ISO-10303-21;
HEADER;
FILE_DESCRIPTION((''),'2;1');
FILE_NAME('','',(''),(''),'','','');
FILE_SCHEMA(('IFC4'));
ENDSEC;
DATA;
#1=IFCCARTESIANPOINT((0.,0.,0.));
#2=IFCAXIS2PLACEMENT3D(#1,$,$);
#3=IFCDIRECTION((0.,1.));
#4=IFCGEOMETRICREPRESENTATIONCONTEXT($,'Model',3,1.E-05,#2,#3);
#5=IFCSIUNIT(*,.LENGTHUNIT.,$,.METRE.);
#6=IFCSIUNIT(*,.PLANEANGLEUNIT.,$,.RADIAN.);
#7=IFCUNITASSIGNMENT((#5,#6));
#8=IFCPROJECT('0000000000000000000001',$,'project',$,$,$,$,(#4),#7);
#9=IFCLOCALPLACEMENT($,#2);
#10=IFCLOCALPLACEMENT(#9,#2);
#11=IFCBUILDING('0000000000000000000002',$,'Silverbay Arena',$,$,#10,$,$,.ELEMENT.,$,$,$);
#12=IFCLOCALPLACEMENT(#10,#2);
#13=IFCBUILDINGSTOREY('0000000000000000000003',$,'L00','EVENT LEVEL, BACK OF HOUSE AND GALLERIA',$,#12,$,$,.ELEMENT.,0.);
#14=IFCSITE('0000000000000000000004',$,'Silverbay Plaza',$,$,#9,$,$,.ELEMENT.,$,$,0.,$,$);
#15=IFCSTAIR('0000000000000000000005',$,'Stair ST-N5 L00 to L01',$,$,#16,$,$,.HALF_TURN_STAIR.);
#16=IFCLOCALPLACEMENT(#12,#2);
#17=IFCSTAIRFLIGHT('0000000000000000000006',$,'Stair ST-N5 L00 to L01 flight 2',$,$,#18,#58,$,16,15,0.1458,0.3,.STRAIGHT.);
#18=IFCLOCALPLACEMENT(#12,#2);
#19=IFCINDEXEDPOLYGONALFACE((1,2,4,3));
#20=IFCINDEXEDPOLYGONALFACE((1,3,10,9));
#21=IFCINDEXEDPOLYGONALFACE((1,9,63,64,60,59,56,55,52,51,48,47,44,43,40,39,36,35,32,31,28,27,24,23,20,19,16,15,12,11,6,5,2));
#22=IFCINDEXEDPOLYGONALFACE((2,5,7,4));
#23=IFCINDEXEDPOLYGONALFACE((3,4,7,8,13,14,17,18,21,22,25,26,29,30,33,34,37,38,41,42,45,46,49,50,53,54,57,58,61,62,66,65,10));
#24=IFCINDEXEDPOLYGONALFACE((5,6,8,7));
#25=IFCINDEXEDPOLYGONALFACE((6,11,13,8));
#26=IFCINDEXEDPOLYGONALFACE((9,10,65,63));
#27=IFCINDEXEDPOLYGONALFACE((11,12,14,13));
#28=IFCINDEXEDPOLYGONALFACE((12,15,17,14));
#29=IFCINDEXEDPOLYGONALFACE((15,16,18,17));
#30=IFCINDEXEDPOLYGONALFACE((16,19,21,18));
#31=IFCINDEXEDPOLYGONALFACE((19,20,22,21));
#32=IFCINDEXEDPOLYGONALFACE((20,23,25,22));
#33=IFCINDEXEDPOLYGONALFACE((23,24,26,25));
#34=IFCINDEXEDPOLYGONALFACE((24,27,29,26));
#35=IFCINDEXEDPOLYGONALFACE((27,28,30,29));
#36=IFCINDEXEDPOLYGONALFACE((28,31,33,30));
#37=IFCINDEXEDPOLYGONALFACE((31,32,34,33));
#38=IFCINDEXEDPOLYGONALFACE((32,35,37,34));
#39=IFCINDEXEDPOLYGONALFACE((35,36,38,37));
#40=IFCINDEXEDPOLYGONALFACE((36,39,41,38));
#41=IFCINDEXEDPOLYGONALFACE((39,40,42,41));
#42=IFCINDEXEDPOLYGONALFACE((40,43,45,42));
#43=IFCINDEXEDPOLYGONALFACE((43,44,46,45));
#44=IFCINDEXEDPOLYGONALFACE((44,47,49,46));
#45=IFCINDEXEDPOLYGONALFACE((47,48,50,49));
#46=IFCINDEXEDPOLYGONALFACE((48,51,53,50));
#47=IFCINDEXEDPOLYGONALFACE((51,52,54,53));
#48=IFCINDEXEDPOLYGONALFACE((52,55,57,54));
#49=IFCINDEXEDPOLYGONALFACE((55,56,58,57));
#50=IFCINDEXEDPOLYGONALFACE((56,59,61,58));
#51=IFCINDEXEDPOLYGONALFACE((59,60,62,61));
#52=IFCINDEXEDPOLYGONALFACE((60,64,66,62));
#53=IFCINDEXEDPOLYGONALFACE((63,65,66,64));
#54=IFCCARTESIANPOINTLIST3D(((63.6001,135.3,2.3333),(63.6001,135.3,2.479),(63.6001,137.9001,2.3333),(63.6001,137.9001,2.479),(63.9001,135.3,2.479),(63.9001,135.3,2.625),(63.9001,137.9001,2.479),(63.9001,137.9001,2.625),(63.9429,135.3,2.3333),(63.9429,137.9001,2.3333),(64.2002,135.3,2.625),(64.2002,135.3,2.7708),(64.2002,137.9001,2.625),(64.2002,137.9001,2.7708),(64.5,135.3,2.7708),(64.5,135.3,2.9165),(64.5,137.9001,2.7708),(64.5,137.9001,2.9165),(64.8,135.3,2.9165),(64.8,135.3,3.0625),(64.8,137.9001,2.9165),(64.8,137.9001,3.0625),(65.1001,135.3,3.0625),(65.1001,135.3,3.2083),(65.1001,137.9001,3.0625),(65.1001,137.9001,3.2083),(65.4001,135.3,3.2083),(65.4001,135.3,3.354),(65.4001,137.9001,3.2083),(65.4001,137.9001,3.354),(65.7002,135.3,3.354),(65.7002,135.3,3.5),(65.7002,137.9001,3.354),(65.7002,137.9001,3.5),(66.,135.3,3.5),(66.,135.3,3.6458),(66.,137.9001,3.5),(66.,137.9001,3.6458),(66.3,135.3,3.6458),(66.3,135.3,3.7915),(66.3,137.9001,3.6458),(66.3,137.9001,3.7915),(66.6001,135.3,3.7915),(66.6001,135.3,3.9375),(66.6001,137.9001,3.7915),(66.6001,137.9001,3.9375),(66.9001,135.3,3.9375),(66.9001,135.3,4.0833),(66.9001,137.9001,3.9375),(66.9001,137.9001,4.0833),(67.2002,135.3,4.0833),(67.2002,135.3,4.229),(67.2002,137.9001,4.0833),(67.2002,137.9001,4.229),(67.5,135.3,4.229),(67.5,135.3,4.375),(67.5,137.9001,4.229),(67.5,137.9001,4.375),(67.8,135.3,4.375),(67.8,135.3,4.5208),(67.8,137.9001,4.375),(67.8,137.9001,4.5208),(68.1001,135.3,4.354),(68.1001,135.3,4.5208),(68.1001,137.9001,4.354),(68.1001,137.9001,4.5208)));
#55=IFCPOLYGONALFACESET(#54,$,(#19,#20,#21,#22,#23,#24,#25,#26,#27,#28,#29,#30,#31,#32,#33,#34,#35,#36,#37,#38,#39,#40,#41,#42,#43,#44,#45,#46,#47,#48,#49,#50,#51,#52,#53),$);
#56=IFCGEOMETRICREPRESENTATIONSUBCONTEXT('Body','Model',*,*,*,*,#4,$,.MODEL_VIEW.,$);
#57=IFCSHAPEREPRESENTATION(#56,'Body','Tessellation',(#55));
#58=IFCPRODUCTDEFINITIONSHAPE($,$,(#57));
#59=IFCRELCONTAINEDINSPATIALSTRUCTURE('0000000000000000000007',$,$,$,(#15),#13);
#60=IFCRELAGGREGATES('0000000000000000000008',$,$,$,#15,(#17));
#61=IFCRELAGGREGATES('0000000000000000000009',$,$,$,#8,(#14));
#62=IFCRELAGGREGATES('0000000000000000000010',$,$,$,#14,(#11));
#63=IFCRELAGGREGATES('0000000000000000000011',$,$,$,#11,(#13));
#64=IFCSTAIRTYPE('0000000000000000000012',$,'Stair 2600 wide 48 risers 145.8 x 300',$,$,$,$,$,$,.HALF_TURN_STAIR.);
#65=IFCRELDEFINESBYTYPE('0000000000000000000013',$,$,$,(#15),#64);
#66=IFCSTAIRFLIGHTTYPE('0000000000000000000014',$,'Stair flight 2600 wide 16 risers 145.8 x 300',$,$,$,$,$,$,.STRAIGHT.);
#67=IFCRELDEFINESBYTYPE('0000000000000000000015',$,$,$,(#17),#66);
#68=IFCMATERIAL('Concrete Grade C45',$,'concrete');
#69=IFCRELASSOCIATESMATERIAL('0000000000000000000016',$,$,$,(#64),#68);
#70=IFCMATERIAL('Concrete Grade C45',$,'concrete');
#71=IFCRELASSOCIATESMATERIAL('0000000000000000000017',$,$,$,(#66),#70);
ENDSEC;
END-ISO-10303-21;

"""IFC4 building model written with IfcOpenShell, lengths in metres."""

from ifc_helpers import new_model, si_unit, direction, frame, origin, place, context, subcontext, project, spatial, polyline, outline, extrude, material, type_object, element, aggregate, save


model = new_model("IFC4")

# Units and contexts
model_context = context("Model", 3, precision=1e-05, world=origin(), true_north=direction((0.0, 1.0)))
body_context = subcontext(model_context, "Body", "Model", "MODEL_VIEW")
ifc_project = project(units=[si_unit("LENGTHUNIT", "METRE"), si_unit("PLANEANGLEUNIT", "RADIAN")], contexts=[model_context])

# Site, building, storey
site_placement = place(None, origin())
site = spatial("IfcSite", under=ifc_project, at=site_placement, Name="Silverbay Plaza", CompositionType="ELEMENT", RefElevation=0.0)
building_placement = place(site_placement, origin())
building = spatial("IfcBuilding", under=site, at=building_placement, Name="Silverbay Arena", CompositionType="ELEMENT")
storey_placement = place(building_placement, origin())
storey = spatial("IfcBuildingStorey", under=building, at=storey_placement, Name="L00", Description="EVENT LEVEL, BACK OF HOUSE AND GALLERIA", CompositionType="ELEMENT", Elevation=0.0)

# Stair, stair flight
ifc_material_1 = material(Name="Concrete Grade C45", Category="concrete")
stair_type = type_object("IfcStairType", Name="Stair 2600 wide 48 risers 145.8 x 300", PredefinedType="HALF_TURN_STAIR", material=ifc_material_1)
stair_placement = place(storey_placement, origin())
stair = element("IfcStair", 1, at=stair_placement, inside=storey, type_object=stair_type, Name="Stair ST-N5 L00 to L01", PredefinedType="HALF_TURN_STAIR")
ifc_material_2 = material(Name="Concrete Grade C45", Category="concrete")
stair_flight_type = type_object("IfcStairFlightType", Name="Stair flight 2600 wide 16 risers 145.8 x 300", PredefinedType="STRAIGHT", material=ifc_material_2)
stair_flight_placement = place(storey_placement, frame((63.6001, 136.6001, 2.3333), z_axis=(0.0, 0.0, 1.0), x_axis=(1.0, 0.0, 0.0)))
stair_flight = element("IfcStairFlight", 2, at=stair_flight_placement, type_object=stair_flight_type, Name="Stair ST-N5 L00 to L01 flight 2", NumberOfRisers=16, NumberOfTreads=15, PredefinedType="STRAIGHT", RiserHeight=0.1458, TreadLength=0.3, context=body_context, shape_type="SweptSolid", body=[
    extrude(outline(polyline([(0.0, 0.0), (0.0, 0.1458), (0.3, 0.1458), (0.3, 0.2917), (0.6001, 0.2917), (0.6001, 0.4375), (0.8999, 0.4375), (0.8999, 0.5833), (1.2, 0.5833), (1.2, 0.7292), (1.5, 0.7292), (1.5, 0.875), (1.8, 0.875), (1.8, 1.0208), (2.1001, 1.0208), (2.1001, 1.1667), (2.3999, 1.1667), (2.3999, 1.3125), (2.7, 1.3125), (2.7, 1.4583), (3.0, 1.4583), (3.0, 1.6042), (3.3, 1.6042), (3.3, 1.75), (3.6001, 1.75), (3.6001, 1.8958), (3.8999, 1.8958), (3.8999, 2.0417), (4.2, 2.0417), (4.2, 2.1875), (4.5, 2.1875), (4.5, 2.0208), (0.3428, 0.0), (0.0, 0.0)])), frame((0.0, 1.3, 0.0), z_axis=(0.0, -1.0, 0.0), x_axis=(1.0, 0.0, 0.0)), (0.0, 0.0, 1.0), 2.6001),
])
aggregate(stair, [stair_flight])

save(model, "model.ifc")
